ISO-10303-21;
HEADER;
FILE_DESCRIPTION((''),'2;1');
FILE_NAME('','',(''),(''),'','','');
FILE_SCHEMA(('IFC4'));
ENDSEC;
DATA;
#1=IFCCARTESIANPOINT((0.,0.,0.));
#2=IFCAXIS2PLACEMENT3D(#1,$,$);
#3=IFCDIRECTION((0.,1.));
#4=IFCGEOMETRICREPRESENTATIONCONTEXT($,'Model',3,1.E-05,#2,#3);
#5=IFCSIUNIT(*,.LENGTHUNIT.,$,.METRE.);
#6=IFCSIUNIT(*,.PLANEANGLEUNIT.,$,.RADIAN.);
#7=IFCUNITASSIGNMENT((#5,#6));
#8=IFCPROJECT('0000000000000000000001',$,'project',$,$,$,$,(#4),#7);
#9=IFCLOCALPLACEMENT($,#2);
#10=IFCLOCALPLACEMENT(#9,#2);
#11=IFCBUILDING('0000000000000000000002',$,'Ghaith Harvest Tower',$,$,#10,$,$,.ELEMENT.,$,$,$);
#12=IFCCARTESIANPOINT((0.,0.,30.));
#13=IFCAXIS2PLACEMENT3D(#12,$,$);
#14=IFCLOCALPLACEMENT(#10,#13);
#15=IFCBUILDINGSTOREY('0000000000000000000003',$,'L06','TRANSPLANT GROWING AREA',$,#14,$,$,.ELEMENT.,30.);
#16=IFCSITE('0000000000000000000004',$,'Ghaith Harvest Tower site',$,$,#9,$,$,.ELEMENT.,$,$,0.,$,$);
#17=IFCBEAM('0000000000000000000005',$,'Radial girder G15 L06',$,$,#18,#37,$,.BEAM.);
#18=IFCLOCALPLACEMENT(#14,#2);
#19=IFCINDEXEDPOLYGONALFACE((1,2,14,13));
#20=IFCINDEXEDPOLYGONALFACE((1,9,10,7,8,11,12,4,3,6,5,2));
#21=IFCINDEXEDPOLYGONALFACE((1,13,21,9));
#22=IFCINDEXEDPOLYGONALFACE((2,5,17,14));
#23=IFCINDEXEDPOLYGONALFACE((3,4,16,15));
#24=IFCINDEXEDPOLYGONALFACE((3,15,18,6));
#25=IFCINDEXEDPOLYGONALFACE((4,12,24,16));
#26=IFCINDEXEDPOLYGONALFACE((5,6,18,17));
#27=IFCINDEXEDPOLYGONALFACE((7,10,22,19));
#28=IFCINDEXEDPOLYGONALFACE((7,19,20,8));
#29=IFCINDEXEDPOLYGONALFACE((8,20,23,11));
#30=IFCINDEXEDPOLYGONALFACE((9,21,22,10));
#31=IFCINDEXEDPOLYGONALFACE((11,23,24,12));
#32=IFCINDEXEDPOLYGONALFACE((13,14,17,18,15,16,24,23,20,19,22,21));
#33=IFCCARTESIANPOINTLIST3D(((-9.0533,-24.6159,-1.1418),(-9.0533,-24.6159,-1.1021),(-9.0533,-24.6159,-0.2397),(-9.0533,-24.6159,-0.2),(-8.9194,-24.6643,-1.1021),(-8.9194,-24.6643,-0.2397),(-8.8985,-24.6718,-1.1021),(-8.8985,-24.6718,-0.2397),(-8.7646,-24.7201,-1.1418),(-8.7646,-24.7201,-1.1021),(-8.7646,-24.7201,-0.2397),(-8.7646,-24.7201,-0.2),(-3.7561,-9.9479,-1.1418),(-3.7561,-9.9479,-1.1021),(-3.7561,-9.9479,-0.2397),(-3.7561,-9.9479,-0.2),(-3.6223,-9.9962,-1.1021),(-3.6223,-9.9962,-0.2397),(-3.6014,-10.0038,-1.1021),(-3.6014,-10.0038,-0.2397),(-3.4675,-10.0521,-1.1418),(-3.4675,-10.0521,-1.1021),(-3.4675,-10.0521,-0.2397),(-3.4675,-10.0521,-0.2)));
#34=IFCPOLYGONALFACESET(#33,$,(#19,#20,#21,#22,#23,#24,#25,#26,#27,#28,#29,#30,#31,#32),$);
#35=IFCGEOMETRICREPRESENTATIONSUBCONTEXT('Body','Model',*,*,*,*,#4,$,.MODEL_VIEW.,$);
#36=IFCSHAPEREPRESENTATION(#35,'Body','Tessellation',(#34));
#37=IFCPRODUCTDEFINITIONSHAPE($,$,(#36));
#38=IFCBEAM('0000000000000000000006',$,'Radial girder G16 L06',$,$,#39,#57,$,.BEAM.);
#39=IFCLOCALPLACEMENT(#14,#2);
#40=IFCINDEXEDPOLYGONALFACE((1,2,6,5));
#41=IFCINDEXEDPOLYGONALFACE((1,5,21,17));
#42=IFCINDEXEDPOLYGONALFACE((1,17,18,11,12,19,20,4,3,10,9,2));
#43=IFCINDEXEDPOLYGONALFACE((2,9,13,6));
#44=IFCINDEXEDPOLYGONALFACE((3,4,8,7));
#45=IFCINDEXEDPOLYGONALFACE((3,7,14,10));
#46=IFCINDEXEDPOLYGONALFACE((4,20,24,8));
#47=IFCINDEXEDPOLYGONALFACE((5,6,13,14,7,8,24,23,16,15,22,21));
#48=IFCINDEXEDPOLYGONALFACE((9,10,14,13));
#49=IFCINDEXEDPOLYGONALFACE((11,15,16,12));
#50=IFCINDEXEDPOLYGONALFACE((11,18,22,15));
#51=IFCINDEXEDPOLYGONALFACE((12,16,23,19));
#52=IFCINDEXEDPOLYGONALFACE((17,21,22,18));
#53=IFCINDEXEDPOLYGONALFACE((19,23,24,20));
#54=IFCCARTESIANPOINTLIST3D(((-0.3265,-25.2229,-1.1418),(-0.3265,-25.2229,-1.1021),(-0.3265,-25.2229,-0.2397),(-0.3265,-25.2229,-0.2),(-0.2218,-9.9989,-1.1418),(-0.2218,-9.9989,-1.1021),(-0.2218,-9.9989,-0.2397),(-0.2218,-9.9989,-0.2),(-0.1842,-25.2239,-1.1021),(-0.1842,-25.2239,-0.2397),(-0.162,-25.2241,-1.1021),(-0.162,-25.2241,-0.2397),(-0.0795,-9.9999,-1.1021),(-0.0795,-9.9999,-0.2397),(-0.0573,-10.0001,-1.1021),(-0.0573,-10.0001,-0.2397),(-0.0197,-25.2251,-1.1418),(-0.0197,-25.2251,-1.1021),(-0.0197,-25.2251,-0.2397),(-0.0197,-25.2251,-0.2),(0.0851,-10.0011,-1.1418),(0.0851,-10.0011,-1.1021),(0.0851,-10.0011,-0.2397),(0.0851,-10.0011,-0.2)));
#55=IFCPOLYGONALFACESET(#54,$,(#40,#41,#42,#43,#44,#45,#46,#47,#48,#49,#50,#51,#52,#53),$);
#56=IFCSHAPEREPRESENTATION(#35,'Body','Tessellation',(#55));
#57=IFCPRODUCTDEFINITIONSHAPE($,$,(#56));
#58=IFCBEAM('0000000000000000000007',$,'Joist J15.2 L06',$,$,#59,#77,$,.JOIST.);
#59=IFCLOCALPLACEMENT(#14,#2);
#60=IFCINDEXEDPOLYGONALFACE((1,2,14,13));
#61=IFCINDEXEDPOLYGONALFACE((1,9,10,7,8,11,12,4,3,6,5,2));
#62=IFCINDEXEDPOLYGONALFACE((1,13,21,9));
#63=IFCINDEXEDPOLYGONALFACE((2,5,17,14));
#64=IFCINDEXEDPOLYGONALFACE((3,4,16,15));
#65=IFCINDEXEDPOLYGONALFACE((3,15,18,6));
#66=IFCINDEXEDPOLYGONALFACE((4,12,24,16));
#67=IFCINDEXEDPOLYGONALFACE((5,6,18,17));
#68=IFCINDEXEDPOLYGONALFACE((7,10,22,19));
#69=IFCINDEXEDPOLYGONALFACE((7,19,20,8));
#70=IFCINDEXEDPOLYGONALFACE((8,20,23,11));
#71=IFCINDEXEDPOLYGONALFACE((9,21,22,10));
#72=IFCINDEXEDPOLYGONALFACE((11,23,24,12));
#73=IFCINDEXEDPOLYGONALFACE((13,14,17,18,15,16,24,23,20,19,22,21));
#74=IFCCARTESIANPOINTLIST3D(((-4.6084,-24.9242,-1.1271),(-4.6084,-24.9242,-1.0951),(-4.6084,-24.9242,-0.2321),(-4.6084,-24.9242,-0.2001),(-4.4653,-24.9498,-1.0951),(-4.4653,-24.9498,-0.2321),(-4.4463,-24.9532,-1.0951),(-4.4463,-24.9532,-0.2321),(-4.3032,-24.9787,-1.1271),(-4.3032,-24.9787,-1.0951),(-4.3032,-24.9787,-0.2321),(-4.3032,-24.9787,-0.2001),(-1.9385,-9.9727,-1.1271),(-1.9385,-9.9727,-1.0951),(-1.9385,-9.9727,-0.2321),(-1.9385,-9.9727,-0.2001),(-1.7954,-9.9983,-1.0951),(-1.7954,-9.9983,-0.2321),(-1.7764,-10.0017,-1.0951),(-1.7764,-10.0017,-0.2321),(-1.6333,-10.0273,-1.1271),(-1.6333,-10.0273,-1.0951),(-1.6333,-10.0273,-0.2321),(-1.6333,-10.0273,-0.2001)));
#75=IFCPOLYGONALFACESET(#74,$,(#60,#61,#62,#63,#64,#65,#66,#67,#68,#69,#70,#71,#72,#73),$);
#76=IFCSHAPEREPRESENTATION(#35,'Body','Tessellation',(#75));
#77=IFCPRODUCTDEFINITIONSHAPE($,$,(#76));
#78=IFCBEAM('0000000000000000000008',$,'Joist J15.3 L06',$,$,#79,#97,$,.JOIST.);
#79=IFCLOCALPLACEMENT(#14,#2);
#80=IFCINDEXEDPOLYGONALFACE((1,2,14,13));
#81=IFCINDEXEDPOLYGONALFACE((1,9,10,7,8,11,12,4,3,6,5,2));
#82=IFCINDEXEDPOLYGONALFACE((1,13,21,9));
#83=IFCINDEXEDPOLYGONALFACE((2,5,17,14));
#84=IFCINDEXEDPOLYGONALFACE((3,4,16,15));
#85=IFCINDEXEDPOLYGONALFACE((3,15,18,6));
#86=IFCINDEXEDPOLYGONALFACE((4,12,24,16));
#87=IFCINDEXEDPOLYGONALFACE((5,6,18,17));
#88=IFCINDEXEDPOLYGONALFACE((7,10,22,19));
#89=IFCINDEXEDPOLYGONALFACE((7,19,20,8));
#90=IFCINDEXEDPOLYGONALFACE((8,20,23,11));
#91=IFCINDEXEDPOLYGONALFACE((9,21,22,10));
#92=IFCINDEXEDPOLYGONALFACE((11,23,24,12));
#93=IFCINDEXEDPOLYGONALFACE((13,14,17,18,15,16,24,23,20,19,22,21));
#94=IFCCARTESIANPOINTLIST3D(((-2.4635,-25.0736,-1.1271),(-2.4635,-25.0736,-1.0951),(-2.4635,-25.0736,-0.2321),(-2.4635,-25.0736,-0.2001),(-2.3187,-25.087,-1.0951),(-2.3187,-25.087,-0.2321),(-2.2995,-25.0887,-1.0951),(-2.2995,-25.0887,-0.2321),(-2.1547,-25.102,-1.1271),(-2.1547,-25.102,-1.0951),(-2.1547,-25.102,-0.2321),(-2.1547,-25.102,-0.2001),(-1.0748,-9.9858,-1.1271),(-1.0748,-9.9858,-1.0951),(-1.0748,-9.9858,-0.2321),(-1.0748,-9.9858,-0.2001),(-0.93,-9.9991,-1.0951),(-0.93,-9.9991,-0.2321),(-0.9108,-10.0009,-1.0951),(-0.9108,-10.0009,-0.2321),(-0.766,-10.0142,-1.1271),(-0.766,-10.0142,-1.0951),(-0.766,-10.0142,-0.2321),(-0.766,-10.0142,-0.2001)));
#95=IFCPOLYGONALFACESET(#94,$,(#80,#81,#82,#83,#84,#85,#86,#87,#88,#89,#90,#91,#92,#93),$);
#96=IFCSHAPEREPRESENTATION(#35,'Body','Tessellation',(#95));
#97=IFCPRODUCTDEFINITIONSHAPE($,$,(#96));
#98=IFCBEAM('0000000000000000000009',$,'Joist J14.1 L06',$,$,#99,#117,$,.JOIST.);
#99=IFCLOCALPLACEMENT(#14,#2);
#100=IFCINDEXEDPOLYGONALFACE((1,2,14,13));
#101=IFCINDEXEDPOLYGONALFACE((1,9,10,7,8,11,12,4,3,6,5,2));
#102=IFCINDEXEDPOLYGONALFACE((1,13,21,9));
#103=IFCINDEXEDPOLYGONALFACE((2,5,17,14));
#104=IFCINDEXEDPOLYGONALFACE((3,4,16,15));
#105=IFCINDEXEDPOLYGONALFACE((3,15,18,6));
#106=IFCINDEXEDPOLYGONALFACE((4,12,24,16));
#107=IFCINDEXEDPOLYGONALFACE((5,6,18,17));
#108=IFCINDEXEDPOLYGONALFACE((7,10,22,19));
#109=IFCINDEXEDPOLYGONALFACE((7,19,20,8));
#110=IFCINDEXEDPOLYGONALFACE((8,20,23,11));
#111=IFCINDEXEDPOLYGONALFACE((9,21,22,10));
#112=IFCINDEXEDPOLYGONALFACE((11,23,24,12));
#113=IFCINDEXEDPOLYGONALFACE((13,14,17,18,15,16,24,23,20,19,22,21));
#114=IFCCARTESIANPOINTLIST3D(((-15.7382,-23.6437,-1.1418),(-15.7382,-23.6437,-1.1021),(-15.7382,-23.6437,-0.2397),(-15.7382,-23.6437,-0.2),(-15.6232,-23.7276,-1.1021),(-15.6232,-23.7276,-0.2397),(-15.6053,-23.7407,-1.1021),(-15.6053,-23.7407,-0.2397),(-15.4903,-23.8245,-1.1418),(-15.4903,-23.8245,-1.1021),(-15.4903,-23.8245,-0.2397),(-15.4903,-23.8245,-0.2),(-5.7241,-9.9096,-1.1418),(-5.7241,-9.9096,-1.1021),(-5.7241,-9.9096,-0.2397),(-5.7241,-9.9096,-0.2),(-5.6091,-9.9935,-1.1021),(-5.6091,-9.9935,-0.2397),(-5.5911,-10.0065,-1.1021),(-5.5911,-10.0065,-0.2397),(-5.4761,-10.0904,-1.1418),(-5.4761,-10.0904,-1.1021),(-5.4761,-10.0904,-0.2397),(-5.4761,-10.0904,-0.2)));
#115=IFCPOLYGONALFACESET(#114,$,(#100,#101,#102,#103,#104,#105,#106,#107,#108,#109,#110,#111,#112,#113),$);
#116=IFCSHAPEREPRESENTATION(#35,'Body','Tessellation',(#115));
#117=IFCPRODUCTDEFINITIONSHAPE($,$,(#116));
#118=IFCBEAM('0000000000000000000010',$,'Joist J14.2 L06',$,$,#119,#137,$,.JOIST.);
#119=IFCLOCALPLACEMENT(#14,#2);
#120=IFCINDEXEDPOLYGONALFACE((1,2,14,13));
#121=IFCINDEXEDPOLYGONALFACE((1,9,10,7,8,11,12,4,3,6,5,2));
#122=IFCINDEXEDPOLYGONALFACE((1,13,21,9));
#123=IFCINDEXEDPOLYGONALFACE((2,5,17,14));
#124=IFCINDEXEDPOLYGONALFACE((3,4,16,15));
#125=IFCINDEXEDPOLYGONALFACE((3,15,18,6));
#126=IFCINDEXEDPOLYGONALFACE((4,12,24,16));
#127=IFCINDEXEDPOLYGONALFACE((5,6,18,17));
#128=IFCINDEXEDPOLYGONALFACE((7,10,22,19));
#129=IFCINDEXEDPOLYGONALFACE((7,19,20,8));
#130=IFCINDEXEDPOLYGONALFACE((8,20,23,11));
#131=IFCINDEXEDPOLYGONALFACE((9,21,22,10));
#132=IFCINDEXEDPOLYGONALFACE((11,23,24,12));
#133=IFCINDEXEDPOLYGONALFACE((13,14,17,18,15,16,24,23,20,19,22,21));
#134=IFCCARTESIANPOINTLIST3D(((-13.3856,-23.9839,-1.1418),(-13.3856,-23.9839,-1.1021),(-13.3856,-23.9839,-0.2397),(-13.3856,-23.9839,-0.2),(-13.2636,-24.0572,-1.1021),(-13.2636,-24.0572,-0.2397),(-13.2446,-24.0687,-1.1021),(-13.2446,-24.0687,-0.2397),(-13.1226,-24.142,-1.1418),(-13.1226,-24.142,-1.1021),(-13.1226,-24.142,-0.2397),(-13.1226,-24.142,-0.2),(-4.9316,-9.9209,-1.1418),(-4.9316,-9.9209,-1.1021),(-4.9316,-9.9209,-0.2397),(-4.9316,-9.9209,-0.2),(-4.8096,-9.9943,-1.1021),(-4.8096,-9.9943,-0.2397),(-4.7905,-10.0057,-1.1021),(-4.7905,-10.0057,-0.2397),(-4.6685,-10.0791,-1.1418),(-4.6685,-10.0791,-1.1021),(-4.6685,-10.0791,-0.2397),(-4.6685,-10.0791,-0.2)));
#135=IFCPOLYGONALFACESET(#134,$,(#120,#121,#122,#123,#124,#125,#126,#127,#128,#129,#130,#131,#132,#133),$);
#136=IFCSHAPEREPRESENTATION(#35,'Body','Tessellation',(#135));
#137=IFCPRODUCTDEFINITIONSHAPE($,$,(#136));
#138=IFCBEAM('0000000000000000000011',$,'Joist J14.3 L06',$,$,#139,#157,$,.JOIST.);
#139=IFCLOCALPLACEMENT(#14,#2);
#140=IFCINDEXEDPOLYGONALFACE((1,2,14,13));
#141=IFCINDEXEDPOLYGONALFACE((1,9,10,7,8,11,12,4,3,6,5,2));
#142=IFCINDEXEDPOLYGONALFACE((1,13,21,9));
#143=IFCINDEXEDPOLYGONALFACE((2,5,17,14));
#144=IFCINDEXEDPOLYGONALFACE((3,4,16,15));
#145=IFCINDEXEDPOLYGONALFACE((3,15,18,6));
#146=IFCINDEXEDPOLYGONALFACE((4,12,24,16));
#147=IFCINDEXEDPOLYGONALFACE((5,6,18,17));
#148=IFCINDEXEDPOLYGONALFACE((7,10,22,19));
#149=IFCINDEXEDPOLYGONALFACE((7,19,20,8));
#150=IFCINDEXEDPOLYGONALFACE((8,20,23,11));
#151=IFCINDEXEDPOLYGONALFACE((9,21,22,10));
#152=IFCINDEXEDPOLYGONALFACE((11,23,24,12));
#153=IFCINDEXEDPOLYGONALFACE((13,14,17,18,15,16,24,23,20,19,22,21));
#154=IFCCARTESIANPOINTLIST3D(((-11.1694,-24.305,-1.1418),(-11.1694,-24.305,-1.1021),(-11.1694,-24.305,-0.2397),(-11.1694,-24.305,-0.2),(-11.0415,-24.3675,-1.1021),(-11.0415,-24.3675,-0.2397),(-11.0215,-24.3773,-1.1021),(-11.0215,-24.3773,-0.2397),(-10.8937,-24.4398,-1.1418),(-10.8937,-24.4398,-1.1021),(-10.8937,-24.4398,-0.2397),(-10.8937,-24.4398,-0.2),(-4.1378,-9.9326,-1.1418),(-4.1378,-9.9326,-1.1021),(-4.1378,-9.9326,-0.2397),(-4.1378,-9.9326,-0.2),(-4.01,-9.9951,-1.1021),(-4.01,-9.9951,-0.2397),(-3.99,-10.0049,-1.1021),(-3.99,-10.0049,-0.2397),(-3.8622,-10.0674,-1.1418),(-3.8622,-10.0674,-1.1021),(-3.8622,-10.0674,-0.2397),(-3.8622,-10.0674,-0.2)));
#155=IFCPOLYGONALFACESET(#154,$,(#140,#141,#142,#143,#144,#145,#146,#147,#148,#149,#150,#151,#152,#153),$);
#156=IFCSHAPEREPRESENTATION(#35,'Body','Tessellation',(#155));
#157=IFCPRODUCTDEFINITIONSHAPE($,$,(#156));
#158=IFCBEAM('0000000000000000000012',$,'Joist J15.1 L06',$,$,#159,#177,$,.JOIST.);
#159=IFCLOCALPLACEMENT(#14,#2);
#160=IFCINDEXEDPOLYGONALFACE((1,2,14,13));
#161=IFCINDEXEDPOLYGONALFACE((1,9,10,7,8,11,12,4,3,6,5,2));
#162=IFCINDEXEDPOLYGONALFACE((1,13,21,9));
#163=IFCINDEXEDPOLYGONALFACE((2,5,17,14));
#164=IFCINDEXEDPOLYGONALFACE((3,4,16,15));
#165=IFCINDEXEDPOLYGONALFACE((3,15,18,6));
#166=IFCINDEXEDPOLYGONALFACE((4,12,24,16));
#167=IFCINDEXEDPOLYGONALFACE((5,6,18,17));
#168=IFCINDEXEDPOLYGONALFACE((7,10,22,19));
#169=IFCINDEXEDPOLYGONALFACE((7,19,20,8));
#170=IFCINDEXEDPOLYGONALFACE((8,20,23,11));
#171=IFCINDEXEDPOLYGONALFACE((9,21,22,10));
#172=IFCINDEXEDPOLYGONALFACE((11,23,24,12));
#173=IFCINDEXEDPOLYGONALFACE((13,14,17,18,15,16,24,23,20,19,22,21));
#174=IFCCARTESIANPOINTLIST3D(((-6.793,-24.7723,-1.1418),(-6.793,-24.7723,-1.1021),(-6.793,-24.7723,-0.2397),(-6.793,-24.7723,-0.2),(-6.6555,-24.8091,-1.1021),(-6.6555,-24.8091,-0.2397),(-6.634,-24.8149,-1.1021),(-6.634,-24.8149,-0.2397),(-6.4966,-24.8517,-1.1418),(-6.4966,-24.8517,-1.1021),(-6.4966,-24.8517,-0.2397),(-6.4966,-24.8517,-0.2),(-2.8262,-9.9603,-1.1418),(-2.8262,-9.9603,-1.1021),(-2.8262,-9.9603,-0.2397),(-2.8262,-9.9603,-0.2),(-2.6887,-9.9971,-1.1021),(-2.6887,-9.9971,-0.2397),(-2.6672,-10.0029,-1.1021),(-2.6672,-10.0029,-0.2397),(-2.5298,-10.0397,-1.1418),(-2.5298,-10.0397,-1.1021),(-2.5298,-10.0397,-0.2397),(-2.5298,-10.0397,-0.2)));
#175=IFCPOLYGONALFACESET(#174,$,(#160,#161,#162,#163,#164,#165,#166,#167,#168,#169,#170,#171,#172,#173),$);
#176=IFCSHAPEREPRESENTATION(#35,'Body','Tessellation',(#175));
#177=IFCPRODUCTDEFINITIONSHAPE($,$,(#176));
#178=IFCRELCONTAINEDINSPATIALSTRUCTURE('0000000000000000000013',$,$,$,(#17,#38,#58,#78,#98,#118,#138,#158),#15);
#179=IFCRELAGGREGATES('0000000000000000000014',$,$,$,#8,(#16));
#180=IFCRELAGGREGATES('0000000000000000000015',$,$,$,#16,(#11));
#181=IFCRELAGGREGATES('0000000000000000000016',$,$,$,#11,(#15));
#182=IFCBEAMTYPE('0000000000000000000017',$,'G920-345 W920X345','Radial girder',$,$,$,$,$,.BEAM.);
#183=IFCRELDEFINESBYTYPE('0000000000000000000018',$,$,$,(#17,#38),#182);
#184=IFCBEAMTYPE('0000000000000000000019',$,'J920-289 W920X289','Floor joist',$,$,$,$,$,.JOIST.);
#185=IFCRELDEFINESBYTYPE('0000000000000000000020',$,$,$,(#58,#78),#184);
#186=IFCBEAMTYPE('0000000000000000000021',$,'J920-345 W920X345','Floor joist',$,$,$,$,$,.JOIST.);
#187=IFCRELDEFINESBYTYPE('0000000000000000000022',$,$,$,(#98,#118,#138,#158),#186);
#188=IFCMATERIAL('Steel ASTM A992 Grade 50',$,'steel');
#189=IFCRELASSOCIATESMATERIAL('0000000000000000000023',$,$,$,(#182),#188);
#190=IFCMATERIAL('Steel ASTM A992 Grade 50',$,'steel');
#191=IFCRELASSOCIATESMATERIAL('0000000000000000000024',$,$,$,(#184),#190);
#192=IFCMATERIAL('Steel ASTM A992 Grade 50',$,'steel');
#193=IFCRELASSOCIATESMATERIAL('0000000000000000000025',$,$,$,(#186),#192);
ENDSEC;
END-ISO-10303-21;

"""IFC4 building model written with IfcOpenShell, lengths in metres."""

from ifc_helpers import new_model, si_unit, direction, frame, origin, origin_2d, place, context, subcontext, project, spatial, i_section, extrude, material, material_profile, profile_set, type_object, element, save


model = new_model("IFC4")

# Units and contexts
model_context = context("Model", 3, precision=1e-05, world=origin(), true_north=direction((0.0, 1.0)))
body_context = subcontext(model_context, "Body", "Model", "MODEL_VIEW")
ifc_project = project(units=[si_unit("LENGTHUNIT", "METRE"), si_unit("PLANEANGLEUNIT", "RADIAN")], contexts=[model_context])

# Site, building, storey
site_placement = place(None, origin())
site = spatial("IfcSite", under=ifc_project, at=site_placement, Name="Ghaith Harvest Tower site", CompositionType="ELEMENT", RefElevation=0.0)
building_placement = place(site_placement, origin())
building = spatial("IfcBuilding", under=site, at=building_placement, Name="Ghaith Harvest Tower", CompositionType="ELEMENT")
storey_placement = place(building_placement, frame((0.0, 0.0, 30.0)))
storey = spatial("IfcBuildingStorey", under=building, at=storey_placement, Name="L06", Description="TRANSPLANT GROWING AREA", CompositionType="ELEMENT", Elevation=30.0)

# Beams
ifc_material_1 = material(Name="Steel ASTM A992 Grade 50", Category="steel")
ifc_material_profile_1 = material_profile(ifc_material_1, i_section(OverallWidth=0.3069, OverallDepth=0.9419, WebThickness=0.0222, FlangeThickness=0.0398, at=origin_2d()), Name="W920X345")
ifc_profile_set_1 = profile_set([ifc_material_profile_1], Name="Steel ASTM A992 Grade 50")
beam_type_1 = type_object("IfcBeamType", Name="G920-345 W920X345", Description="Radial girder", PredefinedType="BEAM", material=ifc_profile_set_1)
beam_1_placement = place(storey_placement, frame((-3.6118, -10.0, -0.6709), z_axis=(-0.339664, -0.940547, 0.0), x_axis=(0.940547, -0.339664, 0.0)))
element("IfcBeam", 1, at=beam_1_placement, inside=storey, type_object=beam_type_1, Name="Radial girder G15 L06", PredefinedType="BEAM", context=body_context, shape_type="SweptSolid", body=[
    extrude(i_section(OverallWidth=0.3069, OverallDepth=0.9419, WebThickness=0.0222, FlangeThickness=0.0398, at=origin_2d()), origin(), (0.0, 0.0, 1.0), 15.5952),
])
beam_2_placement = place(storey_placement, frame((-0.0684, -10.0, -0.6709), z_axis=(-0.006879, -0.999976, 0.0), x_axis=(0.999976, -0.006879, 0.0)))
element("IfcBeam", 2, at=beam_2_placement, inside=storey, type_object=beam_type_1, Name="Radial girder G16 L06", PredefinedType="BEAM", context=body_context, shape_type="SweptSolid", body=[
    extrude(i_section(OverallWidth=0.3069, OverallDepth=0.9419, WebThickness=0.0222, FlangeThickness=0.0398, at=origin_2d()), origin(), (0.0, 0.0, 1.0), 15.2244),
])
ifc_material_2 = material(Name="Steel ASTM A992 Grade 50", Category="steel")
ifc_material_profile_2 = material_profile(ifc_material_2, i_section(OverallWidth=0.3101, OverallDepth=0.927, WebThickness=0.0193, FlangeThickness=0.032, at=origin_2d()), Name="W920X289")
ifc_profile_set_2 = profile_set([ifc_material_profile_2], Name="Steel ASTM A992 Grade 50")
beam_type_2 = type_object("IfcBeamType", Name="J920-289 W920X289", Description="Floor joist", PredefinedType="JOIST", material=ifc_profile_set_2)
beam_3_placement = place(storey_placement, frame((-1.7859, -10.0, -0.6636), z_axis=(-0.175792, -0.984427, 0.0), x_axis=(0.984427, -0.175792, 0.0)))
element("IfcBeam", 3, at=beam_3_placement, inside=storey, type_object=beam_type_2, Name="Joist J15.2 L06", PredefinedType="JOIST", context=body_context, shape_type="SweptSolid", body=[
    extrude(i_section(OverallWidth=0.3101, OverallDepth=0.927, WebThickness=0.0193, FlangeThickness=0.032, at=origin_2d()), origin(), (0.0, 0.0, 1.0), 15.188),
])
beam_4_placement = place(storey_placement, frame((-0.9204, -10.0, -0.6636), z_axis=(-0.091651, -0.995791, 0.0), x_axis=(0.995791, -0.091651, 0.0)))
element("IfcBeam", 4, at=beam_4_placement, inside=storey, type_object=beam_type_2, Name="Joist J15.3 L06", PredefinedType="JOIST", context=body_context, shape_type="SweptSolid", body=[
    extrude(i_section(OverallWidth=0.3101, OverallDepth=0.927, WebThickness=0.0193, FlangeThickness=0.032, at=origin_2d()), origin(), (0.0, 0.0, 1.0), 15.1516),
])
ifc_material_3 = material(Name="Steel ASTM A992 Grade 50", Category="steel")
ifc_material_profile_3 = material_profile(ifc_material_3, i_section(OverallWidth=0.3069, OverallDepth=0.9419, WebThickness=0.0222, FlangeThickness=0.0398, at=origin_2d()), Name="W920X345")
ifc_profile_set_3 = profile_set([ifc_material_profile_3], Name="Steel ASTM A992 Grade 50")
beam_type_3 = type_object("IfcBeamType", Name="J920-345 W920X345", Description="Floor joist", PredefinedType="JOIST", material=ifc_profile_set_3)
beam_5_placement = place(storey_placement, frame((-5.6001, -10.0, -0.6709), z_axis=(-0.58916, -0.808016, 0.0), x_axis=(0.808016, -0.58916, 0.0)))
element("IfcBeam", 5, at=beam_5_placement, inside=storey, type_object=beam_type_3, Name="Joist J14.1 L06", PredefinedType="JOIST", context=body_context, shape_type="SweptSolid", body=[
    extrude(i_section(OverallWidth=0.3069, OverallDepth=0.9419, WebThickness=0.0222, FlangeThickness=0.0398, at=origin_2d()), origin(), (0.0, 0.0, 1.0), 16.9973),
])
beam_6_placement = place(storey_placement, frame((-4.8, -10.0, -0.6709), z_axis=(-0.515226, -0.857054, 0.0), x_axis=(0.857054, -0.515226, 0.0)))
element("IfcBeam", 6, at=beam_6_placement, inside=storey, type_object=beam_type_3, Name="Joist J14.2 L06", PredefinedType="JOIST", context=body_context, shape_type="SweptSolid", body=[
    extrude(i_section(OverallWidth=0.3069, OverallDepth=0.9419, WebThickness=0.0222, FlangeThickness=0.0398, at=origin_2d()), origin(), (0.0, 0.0, 1.0), 16.4084),
])
beam_7_placement = place(storey_placement, frame((-4.0, -10.0, -0.6709), z_axis=(-0.439464, -0.89826, 0.0), x_axis=(0.89826, -0.439464, 0.0)))
element("IfcBeam", 7, at=beam_7_placement, inside=storey, type_object=beam_type_3, Name="Joist J14.3 L06", PredefinedType="JOIST", context=body_context, shape_type="SweptSolid", body=[
    extrude(i_section(OverallWidth=0.3069, OverallDepth=0.9419, WebThickness=0.0222, FlangeThickness=0.0398, at=origin_2d()), origin(), (0.0, 0.0, 1.0), 16.0002),
])
beam_8_placement = place(storey_placement, frame((-2.678, -10.0, -0.6709), z_axis=(-0.258693, -0.96596, 0.0), x_axis=(0.96596, -0.258693, 0.0)))
element("IfcBeam", 8, at=beam_8_placement, inside=storey, type_object=beam_type_3, Name="Joist J15.1 L06", PredefinedType="JOIST", context=body_context, shape_type="SweptSolid", body=[
    extrude(i_section(OverallWidth=0.3069, OverallDepth=0.9419, WebThickness=0.0222, FlangeThickness=0.0398, at=origin_2d()), origin(), (0.0, 0.0, 1.0), 15.334),
])

save(model, "model.ifc")
